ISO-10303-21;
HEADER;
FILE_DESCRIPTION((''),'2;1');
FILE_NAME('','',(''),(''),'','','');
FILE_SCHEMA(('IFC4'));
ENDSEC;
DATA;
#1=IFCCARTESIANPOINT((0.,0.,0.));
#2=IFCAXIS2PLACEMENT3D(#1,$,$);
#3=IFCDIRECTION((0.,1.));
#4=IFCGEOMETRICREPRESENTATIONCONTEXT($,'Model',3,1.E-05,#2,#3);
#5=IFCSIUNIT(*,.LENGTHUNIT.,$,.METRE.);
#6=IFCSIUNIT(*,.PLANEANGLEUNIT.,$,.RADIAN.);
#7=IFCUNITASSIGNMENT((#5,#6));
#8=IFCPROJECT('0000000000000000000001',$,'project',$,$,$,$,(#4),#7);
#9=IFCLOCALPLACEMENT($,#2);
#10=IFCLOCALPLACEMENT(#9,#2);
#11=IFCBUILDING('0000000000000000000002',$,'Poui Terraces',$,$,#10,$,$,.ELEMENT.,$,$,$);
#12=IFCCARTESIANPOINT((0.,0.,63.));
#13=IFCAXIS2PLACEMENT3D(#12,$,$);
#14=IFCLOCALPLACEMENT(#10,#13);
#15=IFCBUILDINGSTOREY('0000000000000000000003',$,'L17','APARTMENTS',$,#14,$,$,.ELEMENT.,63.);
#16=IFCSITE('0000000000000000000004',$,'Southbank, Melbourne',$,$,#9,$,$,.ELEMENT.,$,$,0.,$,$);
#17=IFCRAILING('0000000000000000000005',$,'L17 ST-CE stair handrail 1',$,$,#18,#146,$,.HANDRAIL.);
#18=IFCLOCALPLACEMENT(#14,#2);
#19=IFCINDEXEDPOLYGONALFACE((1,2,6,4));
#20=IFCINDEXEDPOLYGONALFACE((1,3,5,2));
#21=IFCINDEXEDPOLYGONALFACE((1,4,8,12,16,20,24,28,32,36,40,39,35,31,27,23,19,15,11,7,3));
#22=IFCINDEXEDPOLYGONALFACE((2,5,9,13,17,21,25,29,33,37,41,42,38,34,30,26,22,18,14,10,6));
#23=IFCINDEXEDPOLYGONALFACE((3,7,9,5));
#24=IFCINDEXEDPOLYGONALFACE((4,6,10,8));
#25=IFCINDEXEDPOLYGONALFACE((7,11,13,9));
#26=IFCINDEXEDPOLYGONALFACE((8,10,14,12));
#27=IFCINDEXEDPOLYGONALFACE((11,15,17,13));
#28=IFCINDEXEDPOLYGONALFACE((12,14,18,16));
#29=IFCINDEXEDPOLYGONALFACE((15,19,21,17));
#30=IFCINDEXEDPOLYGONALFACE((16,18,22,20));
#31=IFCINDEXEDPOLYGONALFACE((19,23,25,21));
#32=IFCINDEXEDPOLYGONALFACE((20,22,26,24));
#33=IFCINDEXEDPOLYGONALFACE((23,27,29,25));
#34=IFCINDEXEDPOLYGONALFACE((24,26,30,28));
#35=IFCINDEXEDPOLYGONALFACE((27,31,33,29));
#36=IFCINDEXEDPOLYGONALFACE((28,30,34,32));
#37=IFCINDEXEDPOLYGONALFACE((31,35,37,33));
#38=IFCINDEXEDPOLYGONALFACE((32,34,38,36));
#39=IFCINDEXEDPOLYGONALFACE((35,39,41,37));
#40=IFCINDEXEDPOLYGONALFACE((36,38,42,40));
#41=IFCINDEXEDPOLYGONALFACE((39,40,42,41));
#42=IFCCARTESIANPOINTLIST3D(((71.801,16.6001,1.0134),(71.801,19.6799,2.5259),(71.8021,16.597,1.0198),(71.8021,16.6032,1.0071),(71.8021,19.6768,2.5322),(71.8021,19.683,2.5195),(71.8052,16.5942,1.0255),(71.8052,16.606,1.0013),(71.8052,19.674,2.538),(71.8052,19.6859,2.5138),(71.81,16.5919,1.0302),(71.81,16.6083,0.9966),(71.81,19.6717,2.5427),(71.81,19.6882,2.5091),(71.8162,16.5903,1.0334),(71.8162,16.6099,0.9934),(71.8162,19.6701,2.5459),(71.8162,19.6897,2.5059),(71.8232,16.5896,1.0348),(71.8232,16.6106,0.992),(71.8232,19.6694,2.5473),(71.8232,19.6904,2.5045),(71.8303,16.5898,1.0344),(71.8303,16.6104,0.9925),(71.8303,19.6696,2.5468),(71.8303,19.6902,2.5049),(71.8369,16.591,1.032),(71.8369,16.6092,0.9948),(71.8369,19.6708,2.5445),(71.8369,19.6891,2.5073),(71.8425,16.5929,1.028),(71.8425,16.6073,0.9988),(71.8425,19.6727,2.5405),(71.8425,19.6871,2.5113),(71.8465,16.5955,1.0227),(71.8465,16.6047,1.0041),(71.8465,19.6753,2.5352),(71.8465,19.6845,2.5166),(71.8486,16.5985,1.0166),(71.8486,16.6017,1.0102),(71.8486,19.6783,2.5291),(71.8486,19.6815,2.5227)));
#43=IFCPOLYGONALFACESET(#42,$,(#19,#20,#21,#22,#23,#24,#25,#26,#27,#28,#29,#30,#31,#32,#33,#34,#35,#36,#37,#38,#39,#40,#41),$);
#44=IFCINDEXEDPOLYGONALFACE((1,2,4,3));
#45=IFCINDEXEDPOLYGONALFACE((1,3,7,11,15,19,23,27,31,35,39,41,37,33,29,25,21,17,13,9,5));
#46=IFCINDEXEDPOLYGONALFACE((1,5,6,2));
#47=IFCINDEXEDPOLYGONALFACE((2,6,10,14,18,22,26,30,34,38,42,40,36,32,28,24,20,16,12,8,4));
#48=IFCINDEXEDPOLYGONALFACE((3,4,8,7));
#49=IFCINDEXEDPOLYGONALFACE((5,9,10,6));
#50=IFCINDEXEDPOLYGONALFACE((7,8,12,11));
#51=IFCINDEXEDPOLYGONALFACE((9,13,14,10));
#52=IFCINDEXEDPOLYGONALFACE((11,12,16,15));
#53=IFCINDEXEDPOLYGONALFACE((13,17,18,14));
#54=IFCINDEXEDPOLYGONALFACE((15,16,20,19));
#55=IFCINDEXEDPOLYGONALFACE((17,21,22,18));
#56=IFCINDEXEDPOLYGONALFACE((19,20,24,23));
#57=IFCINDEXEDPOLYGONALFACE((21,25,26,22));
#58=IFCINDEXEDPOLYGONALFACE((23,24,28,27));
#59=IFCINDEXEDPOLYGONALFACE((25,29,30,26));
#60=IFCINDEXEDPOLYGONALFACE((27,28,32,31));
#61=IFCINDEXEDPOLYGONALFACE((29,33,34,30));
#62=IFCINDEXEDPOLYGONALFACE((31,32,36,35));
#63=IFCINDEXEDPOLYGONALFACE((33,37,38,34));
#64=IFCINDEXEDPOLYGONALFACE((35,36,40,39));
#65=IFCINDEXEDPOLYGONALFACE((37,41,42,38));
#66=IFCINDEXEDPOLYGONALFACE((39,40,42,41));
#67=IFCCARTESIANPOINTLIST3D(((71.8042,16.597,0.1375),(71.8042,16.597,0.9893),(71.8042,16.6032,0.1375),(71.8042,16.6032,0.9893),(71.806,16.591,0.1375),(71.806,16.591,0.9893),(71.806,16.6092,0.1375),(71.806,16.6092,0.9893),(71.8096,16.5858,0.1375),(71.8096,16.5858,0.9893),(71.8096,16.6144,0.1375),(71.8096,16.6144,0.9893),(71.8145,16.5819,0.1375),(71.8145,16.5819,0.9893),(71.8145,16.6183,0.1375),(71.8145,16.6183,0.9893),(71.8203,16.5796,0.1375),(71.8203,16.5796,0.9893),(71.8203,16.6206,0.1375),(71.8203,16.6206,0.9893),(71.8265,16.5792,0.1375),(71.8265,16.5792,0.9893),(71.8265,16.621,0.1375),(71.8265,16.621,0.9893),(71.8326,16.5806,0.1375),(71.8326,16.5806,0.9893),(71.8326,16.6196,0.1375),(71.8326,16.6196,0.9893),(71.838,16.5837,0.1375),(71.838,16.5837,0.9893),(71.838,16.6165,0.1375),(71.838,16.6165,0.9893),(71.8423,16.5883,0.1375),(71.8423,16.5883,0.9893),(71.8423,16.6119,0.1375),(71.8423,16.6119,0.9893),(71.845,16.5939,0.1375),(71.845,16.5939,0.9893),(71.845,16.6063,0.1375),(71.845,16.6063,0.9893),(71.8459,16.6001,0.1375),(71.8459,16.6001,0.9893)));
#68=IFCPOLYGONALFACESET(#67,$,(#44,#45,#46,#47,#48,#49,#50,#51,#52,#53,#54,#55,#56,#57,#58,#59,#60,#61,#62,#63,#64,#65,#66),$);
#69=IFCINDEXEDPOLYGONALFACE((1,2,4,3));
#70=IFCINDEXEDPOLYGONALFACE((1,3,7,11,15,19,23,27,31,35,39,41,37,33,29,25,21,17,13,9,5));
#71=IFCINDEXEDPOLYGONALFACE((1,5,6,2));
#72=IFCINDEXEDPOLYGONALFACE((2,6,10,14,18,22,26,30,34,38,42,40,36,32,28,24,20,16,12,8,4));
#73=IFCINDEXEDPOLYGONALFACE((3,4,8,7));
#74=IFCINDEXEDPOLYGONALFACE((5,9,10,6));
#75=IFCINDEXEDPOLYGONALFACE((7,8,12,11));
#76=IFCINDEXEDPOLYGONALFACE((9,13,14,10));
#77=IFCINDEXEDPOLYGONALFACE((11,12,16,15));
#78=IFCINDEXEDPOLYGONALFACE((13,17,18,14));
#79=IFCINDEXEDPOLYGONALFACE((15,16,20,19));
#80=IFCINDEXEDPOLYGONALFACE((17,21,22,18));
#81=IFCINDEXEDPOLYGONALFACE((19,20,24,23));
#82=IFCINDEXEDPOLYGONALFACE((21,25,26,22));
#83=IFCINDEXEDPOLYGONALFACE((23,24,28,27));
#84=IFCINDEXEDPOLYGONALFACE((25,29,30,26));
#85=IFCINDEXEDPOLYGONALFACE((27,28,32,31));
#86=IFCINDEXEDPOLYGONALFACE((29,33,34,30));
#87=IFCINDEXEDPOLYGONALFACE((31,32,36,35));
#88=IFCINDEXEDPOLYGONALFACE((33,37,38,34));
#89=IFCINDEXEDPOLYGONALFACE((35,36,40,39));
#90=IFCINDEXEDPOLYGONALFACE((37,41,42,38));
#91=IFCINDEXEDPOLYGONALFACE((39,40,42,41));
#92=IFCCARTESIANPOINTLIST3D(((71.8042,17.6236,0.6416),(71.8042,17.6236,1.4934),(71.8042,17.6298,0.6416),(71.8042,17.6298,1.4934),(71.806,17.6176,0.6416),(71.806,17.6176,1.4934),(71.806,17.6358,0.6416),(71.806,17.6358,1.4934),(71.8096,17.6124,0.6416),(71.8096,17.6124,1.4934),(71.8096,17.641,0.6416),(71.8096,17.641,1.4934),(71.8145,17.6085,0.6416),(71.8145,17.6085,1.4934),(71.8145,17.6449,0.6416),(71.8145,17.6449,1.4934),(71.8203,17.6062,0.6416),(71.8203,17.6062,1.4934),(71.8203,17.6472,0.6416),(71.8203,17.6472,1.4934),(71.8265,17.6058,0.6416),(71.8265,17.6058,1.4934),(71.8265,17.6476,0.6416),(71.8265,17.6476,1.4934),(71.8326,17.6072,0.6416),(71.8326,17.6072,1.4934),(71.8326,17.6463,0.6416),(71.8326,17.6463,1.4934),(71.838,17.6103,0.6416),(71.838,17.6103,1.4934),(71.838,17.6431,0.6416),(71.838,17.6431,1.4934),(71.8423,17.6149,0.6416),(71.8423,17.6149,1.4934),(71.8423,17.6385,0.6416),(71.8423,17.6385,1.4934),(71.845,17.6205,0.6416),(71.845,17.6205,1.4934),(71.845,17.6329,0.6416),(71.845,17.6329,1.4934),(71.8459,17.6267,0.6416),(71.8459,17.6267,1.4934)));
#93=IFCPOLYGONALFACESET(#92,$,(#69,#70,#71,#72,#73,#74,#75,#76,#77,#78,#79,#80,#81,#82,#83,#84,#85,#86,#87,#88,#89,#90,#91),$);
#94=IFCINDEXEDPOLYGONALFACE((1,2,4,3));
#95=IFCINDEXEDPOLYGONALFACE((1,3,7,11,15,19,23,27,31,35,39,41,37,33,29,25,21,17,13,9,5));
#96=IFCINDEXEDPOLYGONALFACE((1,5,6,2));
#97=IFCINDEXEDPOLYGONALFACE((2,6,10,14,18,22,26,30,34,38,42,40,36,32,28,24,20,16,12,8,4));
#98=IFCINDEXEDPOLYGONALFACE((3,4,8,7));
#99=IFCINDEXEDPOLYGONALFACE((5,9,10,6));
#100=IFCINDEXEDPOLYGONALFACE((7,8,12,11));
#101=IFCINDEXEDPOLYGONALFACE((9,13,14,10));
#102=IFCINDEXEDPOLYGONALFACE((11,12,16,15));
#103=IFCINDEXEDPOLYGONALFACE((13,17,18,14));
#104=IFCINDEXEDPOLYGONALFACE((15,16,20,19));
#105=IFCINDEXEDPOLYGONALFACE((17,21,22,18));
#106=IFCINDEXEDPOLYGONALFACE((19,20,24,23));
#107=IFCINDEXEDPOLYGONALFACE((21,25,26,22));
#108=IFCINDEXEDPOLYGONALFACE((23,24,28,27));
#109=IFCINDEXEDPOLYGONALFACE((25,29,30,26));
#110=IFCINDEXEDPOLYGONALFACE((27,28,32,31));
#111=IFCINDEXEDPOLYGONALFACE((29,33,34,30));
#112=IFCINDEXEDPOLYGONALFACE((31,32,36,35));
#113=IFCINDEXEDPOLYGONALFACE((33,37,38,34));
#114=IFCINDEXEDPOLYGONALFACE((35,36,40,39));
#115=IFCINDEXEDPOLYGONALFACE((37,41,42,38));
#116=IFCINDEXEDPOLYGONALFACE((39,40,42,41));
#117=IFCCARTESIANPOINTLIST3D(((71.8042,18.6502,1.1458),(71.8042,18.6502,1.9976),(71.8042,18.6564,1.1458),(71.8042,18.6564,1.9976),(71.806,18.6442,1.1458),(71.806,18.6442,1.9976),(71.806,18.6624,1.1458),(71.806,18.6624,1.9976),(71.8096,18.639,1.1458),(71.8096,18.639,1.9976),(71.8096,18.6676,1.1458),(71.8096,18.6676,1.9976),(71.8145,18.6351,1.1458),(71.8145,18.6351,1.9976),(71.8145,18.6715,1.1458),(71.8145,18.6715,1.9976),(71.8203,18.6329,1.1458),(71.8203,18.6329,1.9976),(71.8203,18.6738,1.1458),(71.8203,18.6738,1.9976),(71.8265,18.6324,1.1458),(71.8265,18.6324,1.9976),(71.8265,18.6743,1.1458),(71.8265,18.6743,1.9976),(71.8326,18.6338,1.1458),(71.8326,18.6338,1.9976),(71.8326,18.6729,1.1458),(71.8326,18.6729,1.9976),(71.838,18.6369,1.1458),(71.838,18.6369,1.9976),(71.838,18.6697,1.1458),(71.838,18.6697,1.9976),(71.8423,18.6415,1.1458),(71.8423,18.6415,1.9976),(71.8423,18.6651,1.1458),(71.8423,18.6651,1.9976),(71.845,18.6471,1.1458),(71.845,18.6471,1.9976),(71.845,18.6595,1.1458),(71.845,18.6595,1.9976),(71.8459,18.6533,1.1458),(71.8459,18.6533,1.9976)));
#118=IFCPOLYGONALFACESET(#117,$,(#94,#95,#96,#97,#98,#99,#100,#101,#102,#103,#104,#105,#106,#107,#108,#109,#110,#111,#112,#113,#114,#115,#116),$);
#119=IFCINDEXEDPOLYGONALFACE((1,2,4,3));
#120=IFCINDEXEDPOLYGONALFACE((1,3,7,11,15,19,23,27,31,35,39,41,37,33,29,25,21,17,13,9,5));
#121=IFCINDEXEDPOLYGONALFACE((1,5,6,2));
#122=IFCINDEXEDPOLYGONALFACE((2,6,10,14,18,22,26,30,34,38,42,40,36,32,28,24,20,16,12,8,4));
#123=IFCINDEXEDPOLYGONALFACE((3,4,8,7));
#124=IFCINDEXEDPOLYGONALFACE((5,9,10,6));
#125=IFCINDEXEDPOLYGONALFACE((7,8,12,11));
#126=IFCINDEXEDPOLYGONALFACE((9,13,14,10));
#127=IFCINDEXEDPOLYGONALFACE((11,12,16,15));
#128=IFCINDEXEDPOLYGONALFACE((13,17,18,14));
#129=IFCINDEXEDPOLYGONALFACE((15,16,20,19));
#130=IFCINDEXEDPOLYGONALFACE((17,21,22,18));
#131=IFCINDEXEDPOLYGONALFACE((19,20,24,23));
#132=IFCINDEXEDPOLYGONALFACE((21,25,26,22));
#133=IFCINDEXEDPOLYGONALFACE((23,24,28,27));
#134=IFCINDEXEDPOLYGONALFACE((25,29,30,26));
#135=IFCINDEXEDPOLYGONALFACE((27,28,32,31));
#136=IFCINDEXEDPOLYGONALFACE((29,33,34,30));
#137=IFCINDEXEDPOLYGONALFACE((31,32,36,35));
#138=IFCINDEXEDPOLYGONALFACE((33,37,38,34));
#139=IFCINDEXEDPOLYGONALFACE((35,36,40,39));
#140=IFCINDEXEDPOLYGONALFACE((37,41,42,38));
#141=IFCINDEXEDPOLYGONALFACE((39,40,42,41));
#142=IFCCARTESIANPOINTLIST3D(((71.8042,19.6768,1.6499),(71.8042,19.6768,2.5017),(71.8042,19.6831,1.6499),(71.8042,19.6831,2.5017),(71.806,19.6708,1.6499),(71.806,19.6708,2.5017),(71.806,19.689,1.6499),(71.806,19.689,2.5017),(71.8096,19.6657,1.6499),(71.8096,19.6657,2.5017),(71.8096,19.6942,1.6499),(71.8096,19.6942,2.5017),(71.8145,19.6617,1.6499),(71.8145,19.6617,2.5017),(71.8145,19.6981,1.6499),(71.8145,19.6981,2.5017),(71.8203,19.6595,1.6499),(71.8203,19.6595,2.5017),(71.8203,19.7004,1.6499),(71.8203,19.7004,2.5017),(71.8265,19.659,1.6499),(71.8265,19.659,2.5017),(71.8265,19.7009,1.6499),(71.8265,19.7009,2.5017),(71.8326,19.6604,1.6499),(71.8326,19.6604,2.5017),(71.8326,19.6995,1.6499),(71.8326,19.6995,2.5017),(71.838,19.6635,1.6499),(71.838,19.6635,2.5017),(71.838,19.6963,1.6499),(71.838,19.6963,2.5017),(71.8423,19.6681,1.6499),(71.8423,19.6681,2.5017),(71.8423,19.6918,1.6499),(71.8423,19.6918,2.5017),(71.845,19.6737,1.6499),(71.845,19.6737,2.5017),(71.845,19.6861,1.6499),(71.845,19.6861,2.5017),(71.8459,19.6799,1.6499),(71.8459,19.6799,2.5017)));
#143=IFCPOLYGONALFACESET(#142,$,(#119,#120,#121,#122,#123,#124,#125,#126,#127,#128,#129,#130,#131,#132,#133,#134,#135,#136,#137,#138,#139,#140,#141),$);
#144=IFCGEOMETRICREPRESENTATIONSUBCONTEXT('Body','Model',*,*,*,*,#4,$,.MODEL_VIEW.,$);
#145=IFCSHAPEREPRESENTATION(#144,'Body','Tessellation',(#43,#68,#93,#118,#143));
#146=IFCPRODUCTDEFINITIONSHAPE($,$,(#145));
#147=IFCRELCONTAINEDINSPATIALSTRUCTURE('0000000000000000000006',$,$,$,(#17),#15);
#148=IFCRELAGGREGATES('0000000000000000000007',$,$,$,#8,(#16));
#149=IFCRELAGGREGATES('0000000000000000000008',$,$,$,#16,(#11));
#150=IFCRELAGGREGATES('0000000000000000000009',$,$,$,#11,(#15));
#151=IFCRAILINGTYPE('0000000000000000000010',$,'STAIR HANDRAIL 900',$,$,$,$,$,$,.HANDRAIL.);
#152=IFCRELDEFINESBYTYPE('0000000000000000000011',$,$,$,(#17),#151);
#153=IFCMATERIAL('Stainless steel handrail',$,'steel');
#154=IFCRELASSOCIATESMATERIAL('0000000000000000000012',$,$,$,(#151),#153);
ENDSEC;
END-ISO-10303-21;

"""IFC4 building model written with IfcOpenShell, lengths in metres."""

from ifc_helpers import new_model, si_unit, direction, frame, origin, origin_2d, place, context, subcontext, project, spatial, circle, extrude, material, type_object, element, save


model = new_model("IFC4")

# Units and contexts
model_context = context("Model", 3, precision=1e-05, world=origin(), true_north=direction((0.0, 1.0)))
body_context = subcontext(model_context, "Body", "Model", "MODEL_VIEW")
ifc_project = project(units=[si_unit("LENGTHUNIT", "METRE"), si_unit("PLANEANGLEUNIT", "RADIAN")], contexts=[model_context])

# Site, building, storey
site_placement = place(None, origin())
site = spatial("IfcSite", under=ifc_project, at=site_placement, Name="Southbank, Melbourne", CompositionType="ELEMENT", RefElevation=0.0)
building_placement = place(site_placement, origin())
building = spatial("IfcBuilding", under=site, at=building_placement, Name="Poui Terraces", CompositionType="ELEMENT")
storey_placement = place(building_placement, frame((0.0, 0.0, 63.0)))
storey = spatial("IfcBuildingStorey", under=building, at=storey_placement, Name="L17", Description="APARTMENTS", CompositionType="ELEMENT", Elevation=63.0)

# Railing
ifc_material_1 = material(Name="Stainless steel handrail", Category="steel")
railing_type_1 = type_object("IfcRailingType", Name="STAIR HANDRAIL 900", PredefinedType="HANDRAIL", material=ifc_material_1)
railing_1_placement = place(storey_placement, frame((71.825, 16.6001, 0.1375)))
element("IfcRailing", 1, at=railing_1_placement, inside=storey, type_object=railing_type_1, Name="L17 ST-CE stair handrail 1", PredefinedType="HANDRAIL", context=body_context, shape_type="SweptSolid", body=[
    extrude(circle(Radius=0.0239, at=origin_2d()), frame((0.0, 0.0, 0.876), z_axis=(0.0, 0.897606, 0.440798), x_axis=(-1.0, 0.0, 0.0)), (0.0, 0.0, 1.0), 3.4312),
    extrude(circle(Radius=0.021, at=origin_2d()), origin(), (0.0, 0.0, 1.0), 0.8518),
    extrude(circle(Radius=0.021, at=origin_2d()), frame((0.0, 1.0266, 0.5042)), (0.0, 0.0, 1.0), 0.8518),
    extrude(circle(Radius=0.021, at=origin_2d()), frame((0.0, 2.0532, 1.0083)), (0.0, 0.0, 1.0), 0.8518),
    extrude(circle(Radius=0.021, at=origin_2d()), frame((0.0, 3.0798, 1.5125)), (0.0, 0.0, 1.0), 0.8518),
])

save(model, "model.ifc")
